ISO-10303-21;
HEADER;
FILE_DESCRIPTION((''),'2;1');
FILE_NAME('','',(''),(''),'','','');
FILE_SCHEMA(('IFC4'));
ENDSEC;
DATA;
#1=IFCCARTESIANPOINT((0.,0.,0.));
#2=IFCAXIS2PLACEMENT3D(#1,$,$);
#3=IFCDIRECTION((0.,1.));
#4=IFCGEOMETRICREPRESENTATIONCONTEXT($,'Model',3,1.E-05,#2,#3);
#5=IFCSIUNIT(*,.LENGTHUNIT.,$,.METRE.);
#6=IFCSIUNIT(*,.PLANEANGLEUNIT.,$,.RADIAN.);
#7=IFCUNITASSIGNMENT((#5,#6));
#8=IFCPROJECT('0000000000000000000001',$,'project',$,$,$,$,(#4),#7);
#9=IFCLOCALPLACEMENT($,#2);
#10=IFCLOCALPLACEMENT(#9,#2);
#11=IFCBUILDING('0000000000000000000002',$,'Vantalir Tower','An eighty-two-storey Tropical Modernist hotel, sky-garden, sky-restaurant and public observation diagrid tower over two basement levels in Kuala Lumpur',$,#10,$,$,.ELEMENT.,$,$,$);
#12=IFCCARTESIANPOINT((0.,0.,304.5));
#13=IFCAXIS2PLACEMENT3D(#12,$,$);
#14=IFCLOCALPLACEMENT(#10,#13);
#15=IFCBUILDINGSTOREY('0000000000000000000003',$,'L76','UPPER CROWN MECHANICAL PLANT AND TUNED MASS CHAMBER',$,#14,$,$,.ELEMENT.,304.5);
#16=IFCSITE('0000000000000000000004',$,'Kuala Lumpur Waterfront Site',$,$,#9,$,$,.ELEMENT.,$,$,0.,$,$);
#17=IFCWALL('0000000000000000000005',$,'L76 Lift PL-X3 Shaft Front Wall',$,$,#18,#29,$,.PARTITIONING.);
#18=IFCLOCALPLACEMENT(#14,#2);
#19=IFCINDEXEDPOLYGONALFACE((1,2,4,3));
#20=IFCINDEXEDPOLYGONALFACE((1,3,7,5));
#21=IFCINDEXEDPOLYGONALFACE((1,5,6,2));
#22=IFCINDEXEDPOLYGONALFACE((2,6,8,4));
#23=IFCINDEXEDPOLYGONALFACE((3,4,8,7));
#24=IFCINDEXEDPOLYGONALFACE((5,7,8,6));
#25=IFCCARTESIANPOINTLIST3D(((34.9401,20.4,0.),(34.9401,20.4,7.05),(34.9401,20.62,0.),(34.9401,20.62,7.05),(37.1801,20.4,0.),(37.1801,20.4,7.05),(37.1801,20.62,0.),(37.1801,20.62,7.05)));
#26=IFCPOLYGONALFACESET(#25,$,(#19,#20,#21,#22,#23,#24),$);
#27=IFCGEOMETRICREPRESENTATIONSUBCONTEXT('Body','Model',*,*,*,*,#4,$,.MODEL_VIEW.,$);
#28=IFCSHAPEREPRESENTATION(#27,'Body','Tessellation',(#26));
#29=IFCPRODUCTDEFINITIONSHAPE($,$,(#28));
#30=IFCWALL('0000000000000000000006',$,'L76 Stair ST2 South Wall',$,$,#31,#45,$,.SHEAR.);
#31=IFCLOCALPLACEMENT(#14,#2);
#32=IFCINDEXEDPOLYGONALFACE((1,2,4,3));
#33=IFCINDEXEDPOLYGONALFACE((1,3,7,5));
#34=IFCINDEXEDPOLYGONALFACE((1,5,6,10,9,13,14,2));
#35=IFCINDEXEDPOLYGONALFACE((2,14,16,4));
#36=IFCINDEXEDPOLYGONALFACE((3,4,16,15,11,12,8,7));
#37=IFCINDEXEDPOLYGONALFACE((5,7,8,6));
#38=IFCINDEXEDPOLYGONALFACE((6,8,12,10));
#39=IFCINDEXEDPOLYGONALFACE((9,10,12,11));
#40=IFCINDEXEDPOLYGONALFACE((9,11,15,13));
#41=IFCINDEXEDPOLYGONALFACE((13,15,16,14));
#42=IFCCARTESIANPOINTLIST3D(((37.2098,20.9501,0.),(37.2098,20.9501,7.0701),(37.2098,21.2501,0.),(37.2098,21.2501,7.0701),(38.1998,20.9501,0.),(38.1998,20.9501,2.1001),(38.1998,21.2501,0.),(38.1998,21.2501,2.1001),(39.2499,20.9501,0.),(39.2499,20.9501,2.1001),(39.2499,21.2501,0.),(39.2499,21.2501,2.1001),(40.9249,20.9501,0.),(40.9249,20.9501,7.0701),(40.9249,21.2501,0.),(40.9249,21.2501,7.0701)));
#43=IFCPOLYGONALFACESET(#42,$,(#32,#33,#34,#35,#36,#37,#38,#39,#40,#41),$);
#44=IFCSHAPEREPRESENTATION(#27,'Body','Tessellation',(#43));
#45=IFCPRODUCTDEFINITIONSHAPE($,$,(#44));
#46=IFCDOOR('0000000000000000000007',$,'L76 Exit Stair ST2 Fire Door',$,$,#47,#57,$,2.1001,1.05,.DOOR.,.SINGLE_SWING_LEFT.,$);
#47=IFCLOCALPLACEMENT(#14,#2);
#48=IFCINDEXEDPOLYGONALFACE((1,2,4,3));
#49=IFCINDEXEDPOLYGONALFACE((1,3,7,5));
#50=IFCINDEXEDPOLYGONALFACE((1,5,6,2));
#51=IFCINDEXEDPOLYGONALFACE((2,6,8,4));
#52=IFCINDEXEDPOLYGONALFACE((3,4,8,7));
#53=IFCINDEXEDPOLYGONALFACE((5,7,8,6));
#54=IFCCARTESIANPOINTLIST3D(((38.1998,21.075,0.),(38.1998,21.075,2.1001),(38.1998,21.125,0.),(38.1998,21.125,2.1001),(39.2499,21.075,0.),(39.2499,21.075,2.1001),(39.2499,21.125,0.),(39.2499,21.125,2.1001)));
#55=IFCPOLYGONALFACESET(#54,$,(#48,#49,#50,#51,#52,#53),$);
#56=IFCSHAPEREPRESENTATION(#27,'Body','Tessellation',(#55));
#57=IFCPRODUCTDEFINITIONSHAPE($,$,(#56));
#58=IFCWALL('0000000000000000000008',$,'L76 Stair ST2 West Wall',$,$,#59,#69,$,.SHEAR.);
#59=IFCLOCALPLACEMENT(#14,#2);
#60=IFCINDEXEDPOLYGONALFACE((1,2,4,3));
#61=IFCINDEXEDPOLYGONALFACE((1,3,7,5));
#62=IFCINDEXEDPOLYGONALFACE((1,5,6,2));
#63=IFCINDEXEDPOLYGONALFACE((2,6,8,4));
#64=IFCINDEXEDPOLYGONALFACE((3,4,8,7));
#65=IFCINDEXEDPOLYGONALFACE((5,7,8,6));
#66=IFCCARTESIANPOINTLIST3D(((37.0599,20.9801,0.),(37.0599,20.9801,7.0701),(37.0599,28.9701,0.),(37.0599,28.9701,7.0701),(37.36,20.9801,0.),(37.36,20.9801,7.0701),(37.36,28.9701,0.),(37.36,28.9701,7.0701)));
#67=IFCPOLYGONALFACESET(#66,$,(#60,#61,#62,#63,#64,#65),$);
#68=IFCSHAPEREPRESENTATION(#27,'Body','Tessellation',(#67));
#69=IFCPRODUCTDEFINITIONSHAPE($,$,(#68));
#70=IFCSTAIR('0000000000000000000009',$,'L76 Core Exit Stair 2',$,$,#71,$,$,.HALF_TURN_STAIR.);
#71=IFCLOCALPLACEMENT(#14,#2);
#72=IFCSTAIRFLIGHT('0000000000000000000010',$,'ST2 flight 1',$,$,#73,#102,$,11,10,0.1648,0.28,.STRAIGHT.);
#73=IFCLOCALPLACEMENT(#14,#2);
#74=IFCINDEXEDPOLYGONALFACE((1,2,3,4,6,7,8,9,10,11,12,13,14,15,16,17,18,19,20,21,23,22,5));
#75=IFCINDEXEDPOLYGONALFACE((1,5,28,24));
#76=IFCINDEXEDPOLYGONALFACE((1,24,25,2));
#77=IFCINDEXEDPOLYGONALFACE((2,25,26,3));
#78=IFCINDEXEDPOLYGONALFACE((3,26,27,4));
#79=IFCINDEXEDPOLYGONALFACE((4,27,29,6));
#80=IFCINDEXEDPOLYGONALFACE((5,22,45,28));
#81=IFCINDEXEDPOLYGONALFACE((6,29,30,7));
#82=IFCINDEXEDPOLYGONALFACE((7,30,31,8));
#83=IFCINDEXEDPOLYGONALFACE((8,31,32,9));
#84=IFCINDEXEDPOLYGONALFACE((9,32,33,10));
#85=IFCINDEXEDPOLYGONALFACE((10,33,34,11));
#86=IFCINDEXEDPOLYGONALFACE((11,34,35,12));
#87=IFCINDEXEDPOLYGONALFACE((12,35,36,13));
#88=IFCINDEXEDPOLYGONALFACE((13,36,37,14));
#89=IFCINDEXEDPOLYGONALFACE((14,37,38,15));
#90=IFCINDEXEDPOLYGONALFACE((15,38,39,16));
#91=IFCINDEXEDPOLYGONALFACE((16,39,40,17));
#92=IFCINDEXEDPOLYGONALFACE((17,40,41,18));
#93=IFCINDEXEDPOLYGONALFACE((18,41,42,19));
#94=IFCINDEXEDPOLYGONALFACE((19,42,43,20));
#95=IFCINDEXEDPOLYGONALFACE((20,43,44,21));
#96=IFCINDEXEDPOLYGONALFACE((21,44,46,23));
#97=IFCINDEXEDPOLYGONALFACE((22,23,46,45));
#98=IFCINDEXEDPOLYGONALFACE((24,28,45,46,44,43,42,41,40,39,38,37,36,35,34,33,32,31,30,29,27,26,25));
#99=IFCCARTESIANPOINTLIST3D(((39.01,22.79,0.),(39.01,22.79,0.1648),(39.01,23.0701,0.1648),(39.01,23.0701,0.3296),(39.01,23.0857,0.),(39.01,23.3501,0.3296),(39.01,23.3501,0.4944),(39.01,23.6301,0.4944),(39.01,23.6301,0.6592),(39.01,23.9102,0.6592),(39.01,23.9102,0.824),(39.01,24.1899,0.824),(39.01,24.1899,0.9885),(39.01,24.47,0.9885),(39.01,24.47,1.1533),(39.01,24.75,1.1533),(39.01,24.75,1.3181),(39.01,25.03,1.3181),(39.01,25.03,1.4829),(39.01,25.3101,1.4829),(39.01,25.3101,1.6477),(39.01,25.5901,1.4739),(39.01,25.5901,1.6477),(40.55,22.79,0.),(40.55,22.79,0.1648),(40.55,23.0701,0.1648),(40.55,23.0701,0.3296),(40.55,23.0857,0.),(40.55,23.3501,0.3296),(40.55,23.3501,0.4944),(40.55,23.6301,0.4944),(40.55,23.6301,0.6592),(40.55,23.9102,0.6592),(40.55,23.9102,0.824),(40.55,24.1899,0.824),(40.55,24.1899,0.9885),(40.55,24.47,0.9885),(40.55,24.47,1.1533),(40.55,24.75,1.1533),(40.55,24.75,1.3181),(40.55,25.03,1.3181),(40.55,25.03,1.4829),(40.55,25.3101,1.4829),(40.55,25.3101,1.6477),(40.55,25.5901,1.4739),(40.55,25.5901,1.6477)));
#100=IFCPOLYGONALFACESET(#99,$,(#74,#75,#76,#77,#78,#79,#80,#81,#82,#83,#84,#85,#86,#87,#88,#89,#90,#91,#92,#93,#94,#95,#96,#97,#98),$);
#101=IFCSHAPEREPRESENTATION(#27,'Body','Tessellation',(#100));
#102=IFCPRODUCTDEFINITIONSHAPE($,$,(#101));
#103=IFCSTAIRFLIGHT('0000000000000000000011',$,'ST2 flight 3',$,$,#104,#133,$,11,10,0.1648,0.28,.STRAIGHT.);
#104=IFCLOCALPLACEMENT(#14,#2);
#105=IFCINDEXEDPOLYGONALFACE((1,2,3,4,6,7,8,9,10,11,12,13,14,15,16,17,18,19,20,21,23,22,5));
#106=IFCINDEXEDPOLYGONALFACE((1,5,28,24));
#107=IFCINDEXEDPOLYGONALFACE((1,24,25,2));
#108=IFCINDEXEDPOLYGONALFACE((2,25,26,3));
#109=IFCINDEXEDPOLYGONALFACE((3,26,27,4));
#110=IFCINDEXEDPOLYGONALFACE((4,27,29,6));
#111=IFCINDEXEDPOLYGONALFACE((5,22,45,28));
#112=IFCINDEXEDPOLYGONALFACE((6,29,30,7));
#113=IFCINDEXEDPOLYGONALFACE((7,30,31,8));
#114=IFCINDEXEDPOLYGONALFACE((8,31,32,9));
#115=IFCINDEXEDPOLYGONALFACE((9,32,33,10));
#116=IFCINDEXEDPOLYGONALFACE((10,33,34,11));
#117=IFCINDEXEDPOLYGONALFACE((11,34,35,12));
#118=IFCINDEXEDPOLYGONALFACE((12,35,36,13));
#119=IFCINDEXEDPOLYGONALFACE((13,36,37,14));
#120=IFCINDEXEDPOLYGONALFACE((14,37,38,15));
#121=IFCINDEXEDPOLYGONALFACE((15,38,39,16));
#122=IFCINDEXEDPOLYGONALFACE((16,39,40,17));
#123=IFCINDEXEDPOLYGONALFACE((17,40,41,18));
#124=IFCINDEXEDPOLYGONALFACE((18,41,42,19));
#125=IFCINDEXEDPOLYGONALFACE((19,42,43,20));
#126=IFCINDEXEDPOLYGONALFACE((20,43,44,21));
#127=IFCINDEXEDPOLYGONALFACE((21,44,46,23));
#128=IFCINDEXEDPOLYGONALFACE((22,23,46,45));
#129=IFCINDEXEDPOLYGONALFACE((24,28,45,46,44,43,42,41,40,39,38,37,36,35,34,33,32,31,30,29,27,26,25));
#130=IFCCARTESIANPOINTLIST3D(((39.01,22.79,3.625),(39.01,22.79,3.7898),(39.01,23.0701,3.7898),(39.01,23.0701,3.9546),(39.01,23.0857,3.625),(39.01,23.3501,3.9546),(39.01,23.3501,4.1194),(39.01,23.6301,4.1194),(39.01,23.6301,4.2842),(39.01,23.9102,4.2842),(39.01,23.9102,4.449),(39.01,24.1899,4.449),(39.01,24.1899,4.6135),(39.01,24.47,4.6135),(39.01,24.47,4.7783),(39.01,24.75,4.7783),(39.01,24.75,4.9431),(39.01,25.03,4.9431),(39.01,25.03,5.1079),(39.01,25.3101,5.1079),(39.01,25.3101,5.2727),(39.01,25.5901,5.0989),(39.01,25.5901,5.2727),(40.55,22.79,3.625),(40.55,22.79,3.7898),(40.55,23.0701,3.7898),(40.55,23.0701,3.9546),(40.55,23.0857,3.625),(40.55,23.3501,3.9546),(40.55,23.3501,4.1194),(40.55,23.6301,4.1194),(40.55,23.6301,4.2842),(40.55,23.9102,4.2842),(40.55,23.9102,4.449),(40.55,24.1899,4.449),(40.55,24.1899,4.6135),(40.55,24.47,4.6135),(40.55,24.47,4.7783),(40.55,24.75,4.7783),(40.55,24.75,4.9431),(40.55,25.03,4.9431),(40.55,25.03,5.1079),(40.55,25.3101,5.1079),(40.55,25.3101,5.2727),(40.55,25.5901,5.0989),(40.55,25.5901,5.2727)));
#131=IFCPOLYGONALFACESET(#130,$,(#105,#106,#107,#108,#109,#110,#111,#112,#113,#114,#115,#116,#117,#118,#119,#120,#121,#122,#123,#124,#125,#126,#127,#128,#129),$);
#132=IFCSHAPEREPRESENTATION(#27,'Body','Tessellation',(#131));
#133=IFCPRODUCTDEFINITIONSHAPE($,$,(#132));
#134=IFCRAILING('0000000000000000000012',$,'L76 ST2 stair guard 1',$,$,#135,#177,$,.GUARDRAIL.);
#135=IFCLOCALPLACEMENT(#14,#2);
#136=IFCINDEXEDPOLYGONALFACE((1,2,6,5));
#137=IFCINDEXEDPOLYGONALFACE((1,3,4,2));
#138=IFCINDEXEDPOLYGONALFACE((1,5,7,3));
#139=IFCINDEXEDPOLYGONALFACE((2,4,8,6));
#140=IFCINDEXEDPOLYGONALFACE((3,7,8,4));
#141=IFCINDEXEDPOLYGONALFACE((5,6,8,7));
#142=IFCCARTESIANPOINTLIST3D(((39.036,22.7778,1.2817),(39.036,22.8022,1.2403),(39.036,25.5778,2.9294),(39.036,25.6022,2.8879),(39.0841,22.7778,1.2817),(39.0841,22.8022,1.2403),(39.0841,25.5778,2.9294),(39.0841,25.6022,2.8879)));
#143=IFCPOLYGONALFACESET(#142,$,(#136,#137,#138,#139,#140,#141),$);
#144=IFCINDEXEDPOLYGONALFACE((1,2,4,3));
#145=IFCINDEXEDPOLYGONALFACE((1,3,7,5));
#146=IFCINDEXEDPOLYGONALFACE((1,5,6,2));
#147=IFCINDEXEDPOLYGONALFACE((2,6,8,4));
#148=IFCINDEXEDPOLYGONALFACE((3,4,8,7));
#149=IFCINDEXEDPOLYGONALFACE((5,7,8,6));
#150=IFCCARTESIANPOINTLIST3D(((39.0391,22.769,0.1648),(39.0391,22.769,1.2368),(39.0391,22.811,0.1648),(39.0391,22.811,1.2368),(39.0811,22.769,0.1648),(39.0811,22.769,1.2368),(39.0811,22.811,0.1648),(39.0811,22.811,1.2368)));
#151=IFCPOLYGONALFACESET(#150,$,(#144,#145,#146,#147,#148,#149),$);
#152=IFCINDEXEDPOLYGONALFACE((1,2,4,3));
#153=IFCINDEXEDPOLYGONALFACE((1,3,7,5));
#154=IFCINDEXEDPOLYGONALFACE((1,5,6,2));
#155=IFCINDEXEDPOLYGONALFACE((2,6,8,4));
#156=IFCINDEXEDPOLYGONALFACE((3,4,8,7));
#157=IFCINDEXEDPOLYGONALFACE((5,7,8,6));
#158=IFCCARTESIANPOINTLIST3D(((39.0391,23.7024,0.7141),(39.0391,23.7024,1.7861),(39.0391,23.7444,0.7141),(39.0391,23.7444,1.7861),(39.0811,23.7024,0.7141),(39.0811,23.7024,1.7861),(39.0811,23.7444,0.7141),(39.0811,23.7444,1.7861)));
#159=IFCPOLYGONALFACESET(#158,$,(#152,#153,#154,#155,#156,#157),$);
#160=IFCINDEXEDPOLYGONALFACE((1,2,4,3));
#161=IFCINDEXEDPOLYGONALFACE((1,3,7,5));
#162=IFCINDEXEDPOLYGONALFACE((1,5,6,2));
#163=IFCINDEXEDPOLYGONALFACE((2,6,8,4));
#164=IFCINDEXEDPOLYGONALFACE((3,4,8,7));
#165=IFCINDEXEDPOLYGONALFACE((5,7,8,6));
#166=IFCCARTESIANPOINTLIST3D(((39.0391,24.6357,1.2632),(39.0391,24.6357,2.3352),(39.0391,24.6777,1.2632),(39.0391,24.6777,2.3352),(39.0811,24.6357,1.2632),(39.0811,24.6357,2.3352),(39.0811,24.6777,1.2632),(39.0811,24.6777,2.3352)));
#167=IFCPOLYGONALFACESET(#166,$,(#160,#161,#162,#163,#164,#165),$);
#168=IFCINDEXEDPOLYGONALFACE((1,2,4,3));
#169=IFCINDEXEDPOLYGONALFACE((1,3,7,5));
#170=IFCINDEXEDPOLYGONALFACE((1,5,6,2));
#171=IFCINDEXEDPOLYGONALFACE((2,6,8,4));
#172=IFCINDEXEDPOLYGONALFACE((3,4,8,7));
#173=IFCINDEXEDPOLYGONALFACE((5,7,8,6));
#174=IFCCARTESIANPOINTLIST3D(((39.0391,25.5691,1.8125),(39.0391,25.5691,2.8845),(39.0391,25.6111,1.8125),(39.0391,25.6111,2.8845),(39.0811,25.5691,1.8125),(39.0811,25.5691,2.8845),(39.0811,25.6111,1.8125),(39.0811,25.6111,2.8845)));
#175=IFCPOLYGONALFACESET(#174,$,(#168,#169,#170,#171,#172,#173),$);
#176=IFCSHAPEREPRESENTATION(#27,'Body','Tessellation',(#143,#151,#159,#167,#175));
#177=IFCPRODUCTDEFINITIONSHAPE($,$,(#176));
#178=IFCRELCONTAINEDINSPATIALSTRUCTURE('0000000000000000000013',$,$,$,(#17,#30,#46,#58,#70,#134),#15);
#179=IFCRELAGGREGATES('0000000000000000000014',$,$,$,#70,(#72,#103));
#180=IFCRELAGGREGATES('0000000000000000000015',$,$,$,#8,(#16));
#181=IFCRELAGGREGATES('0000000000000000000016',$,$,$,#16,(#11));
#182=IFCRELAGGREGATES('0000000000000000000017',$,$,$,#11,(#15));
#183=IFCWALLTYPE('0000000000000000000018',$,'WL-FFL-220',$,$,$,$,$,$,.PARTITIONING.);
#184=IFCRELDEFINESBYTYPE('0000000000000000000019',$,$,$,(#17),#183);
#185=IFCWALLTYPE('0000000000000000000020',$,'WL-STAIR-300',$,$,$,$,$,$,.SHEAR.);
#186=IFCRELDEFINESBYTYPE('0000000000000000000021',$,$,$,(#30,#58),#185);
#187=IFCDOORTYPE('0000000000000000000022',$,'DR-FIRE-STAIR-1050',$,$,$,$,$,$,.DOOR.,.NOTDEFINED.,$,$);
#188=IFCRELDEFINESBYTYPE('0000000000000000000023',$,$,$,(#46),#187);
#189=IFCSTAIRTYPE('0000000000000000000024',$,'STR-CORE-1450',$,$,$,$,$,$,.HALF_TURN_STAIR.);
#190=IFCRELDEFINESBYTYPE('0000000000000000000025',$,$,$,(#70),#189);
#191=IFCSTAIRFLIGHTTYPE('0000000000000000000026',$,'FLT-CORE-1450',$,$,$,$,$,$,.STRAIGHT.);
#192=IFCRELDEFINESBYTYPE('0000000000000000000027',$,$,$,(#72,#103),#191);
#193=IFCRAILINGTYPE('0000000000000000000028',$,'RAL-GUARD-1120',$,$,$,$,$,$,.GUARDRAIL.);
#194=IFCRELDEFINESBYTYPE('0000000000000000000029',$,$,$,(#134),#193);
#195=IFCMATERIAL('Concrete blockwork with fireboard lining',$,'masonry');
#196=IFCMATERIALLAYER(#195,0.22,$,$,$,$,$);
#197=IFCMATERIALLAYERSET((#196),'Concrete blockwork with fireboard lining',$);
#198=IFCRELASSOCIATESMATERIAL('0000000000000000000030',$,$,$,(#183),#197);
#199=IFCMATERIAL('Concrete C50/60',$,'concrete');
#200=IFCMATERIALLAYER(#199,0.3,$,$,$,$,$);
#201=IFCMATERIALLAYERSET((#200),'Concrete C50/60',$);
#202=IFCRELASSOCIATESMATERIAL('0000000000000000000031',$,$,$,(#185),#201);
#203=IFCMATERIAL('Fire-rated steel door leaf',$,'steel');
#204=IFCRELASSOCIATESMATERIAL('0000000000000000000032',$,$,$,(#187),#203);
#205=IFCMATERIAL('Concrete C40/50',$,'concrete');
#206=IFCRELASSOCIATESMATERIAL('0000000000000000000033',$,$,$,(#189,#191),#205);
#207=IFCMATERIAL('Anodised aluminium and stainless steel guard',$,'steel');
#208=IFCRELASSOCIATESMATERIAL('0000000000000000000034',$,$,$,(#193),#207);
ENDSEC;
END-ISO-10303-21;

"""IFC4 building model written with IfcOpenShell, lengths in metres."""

from ifc_helpers import new_model, si_unit, direction, frame, frame_2d, origin, origin_2d, place, context, subcontext, project, spatial, polyline, rectangle, outline, extrude, material, layer, layer_set, type_object, element, fill, aggregate, save


model = new_model("IFC4")

# Units and contexts
model_context = context("Model", 3, precision=1e-05, world=origin(), true_north=direction((0.0, 1.0)))
body_context = subcontext(model_context, "Body", "Model", "MODEL_VIEW")
ifc_project = project(units=[si_unit("LENGTHUNIT", "METRE"), si_unit("PLANEANGLEUNIT", "RADIAN")], contexts=[model_context])

# Site, building, storey
site_placement = place(None, origin())
site = spatial("IfcSite", under=ifc_project, at=site_placement, Name="Kuala Lumpur Waterfront Site", CompositionType="ELEMENT", RefElevation=0.0)
building_placement = place(site_placement, origin())
building = spatial("IfcBuilding", under=site, at=building_placement, Name="Vantalir Tower", Description="An eighty-two-storey Tropical Modernist hotel, sky-garden, sky-restaurant and public observation diagrid tower over two basement levels in Kuala Lumpur", CompositionType="ELEMENT")
storey_placement = place(building_placement, frame((0.0, 0.0, 304.5)))
storey = spatial("IfcBuildingStorey", under=building, at=storey_placement, Name="L76", Description="UPPER CROWN MECHANICAL PLANT AND TUNED MASS CHAMBER", CompositionType="ELEMENT", Elevation=304.5)

# Shared definitions
ifc_material_1 = material(Name="Concrete C50/60", Category="concrete")

# Shared definitions
ifc_material_2 = material(Name="Concrete blockwork with fireboard lining", Category="masonry")
ifc_layer_1 = layer(ifc_material_2, 0.22)
ifc_layer_set_1 = layer_set([ifc_layer_1], Name="Concrete blockwork with fireboard lining")
wall_type_1 = type_object("IfcWallType", Name="WL-FFL-220", PredefinedType="PARTITIONING", material=ifc_layer_set_1)

# Wall
for number, where, z_axis, x_axis, name in (
    (1, (34.9399, 20.51, 0.0), (0.0, 0.0, 1.0), (1.0, 0.0, 0.0), "L76 Lift PL-X3 Shaft Front Wall"),
):
    element("IfcWall", number, at=place(storey_placement, frame(where, z_axis=z_axis, x_axis=x_axis)), inside=storey, type_object=wall_type_1, Name=name, PredefinedType="PARTITIONING", context=body_context, shape_type="SweptSolid", body=[
        extrude(rectangle(XDim=2.24, YDim=0.22, at=frame_2d((1.1201, 0.0))), origin(), (0.0, 0.0, 1.0), 7.05),
    ])

# Wall, opening, door
ifc_layer_2 = layer(ifc_material_1, 0.3)
ifc_layer_set_2 = layer_set([ifc_layer_2], Name="Concrete C50/60")
wall_type_2 = type_object("IfcWallType", Name="WL-STAIR-300", PredefinedType="SHEAR", material=ifc_layer_set_2)
wall_1_placement = place(storey_placement, frame((37.21, 21.1001, 0.0), z_axis=(0.0, 0.0, 1.0), x_axis=(1.0, 0.0, 0.0)))
wall_1 = element("IfcWall", 2, at=wall_1_placement, inside=storey, type_object=wall_type_2, Name="L76 Stair ST2 South Wall", PredefinedType="SHEAR", context=body_context, shape_type="SweptSolid", body=[
    extrude(rectangle(XDim=3.7151, YDim=0.3, at=frame_2d((1.8574, 0.0))), origin(), (0.0, 0.0, 1.0), 7.0701),
])
opening_1_placement = place(wall_1_placement, frame((0.99, 0.0, 0.0)))
opening_1 = element("IfcOpeningElement", 3, at=opening_1_placement, cuts=wall_1, PredefinedType="OPENING", context=body_context, shape_type="SweptSolid", body=[
    extrude(rectangle(XDim=1.05, YDim=2.1001, at=frame_2d((0.5249, 1.05))), frame((0.0, 0.1599, 0.0), z_axis=(0.0, -1.0, 0.0), x_axis=(1.0, 0.0, 0.0)), (0.0, 0.0, 1.0), 0.3201),
])
ifc_material_3 = material(Name="Fire-rated steel door leaf", Category="steel")
door_type_1 = type_object("IfcDoorType", Name="DR-FIRE-STAIR-1050", OperationType="NOTDEFINED", PredefinedType="DOOR", material=ifc_material_3)
door_1_placement = place(opening_1_placement, origin())
door_1 = element("IfcDoor", 4, at=door_1_placement, inside=storey, type_object=door_type_1, Name="L76 Exit Stair ST2 Fire Door", OperationType="SINGLE_SWING_LEFT", OverallHeight=2.1001, OverallWidth=1.05, PredefinedType="DOOR", context=body_context, shape_type="SweptSolid", body=[
    extrude(rectangle(XDim=1.05, YDim=2.1001, at=frame_2d((0.5249, 1.05))), frame((0.0, 0.0249, 0.0), z_axis=(0.0, -1.0, 0.0), x_axis=(1.0, 0.0, 0.0)), (0.0, 0.0, 1.0), 0.05),
])
fill(opening_1, door_1)

# Wall
wall_2_placement = place(storey_placement, frame((37.21, 20.98, 0.0), z_axis=(0.0, 0.0, 1.0), x_axis=(0.0, 1.0, 0.0)))
element("IfcWall", 5, at=wall_2_placement, inside=storey, type_object=wall_type_2, Name="L76 Stair ST2 West Wall", PredefinedType="SHEAR", context=body_context, shape_type="SweptSolid", body=[
    extrude(rectangle(XDim=7.99, YDim=0.3, at=frame_2d((3.9951, 0.0))), origin(), (0.0, 0.0, 1.0), 7.0701),
])

# Stair, stair flights
ifc_material_4 = material(Name="Concrete C40/50", Category="concrete")
stair_type = type_object("IfcStairType", Name="STR-CORE-1450", PredefinedType="HALF_TURN_STAIR", material=ifc_material_4)
stair_placement = place(storey_placement, origin())
stair = element("IfcStair", 6, at=stair_placement, inside=storey, type_object=stair_type, Name="L76 Core Exit Stair 2", PredefinedType="HALF_TURN_STAIR")
stair_flight_type = type_object("IfcStairFlightType", Name="FLT-CORE-1450", PredefinedType="STRAIGHT", material=ifc_material_4)
stair_flight_1_placement = place(storey_placement, frame((39.78, 22.79, 0.0), z_axis=(0.0, 0.0, 1.0), x_axis=(0.0, 1.0, 0.0)))
stair_flight_1 = element("IfcStairFlight", 7, at=stair_flight_1_placement, type_object=stair_flight_type, Name="ST2 flight 1", NumberOfRisers=11, NumberOfTreads=10, PredefinedType="STRAIGHT", RiserHeight=0.1648, TreadLength=0.28, context=body_context, shape_type="SweptSolid", body=[
    extrude(outline(polyline([(0.0, 0.0), (0.0, 0.1648), (0.28, 0.1648), (0.28, 0.3296), (0.5601, 0.3296), (0.5601, 0.4944), (0.8401, 0.4944), (0.8401, 0.6592), (1.1201, 0.6592), (1.1201, 0.824), (1.3999, 0.824), (1.3999, 0.9885), (1.6799, 0.9885), (1.6799, 1.1533), (1.96, 1.1533), (1.96, 1.3181), (2.24, 1.3181), (2.24, 1.4829), (2.52, 1.4829), (2.52, 1.6477), (2.8, 1.6477), (2.8, 1.8125), (2.8, 1.4739), (0.2957, 0.0), (0.0, 0.0)])), frame((0.0, 0.77, 0.0), z_axis=(0.0, -1.0, 0.0), x_axis=(1.0, 0.0, 0.0)), (0.0, 0.0, 1.0), 1.54),
])
stair_flight_2_placement = place(storey_placement, frame((39.78, 22.79, 3.625), z_axis=(0.0, 0.0, 1.0), x_axis=(0.0, 1.0, 0.0)))
stair_flight_2 = element("IfcStairFlight", 8, at=stair_flight_2_placement, type_object=stair_flight_type, Name="ST2 flight 3", NumberOfRisers=11, NumberOfTreads=10, PredefinedType="STRAIGHT", RiserHeight=0.1648, TreadLength=0.28, context=body_context, shape_type="SweptSolid", body=[
    extrude(outline(polyline([(0.0, 0.0), (0.0, 0.1648), (0.28, 0.1648), (0.28, 0.3296), (0.5601, 0.3296), (0.5601, 0.4944), (0.8401, 0.4944), (0.8401, 0.6592), (1.1201, 0.6592), (1.1201, 0.824), (1.3999, 0.824), (1.3999, 0.9885), (1.6799, 0.9885), (1.6799, 1.1533), (1.96, 1.1533), (1.96, 1.3181), (2.24, 1.3181), (2.24, 1.4829), (2.52, 1.4829), (2.52, 1.6477), (2.8, 1.6477), (2.8, 1.8125), (2.8, 1.4739), (0.2957, 0.0), (0.0, 0.0)])), frame((0.0, 0.77, 0.0), z_axis=(0.0, -1.0, 0.0), x_axis=(1.0, 0.0, 0.0)), (0.0, 0.0, 1.0), 1.54),
])
aggregate(stair, [stair_flight_1, stair_flight_2])

# Railing
ifc_material_5 = material(Name="Anodised aluminium and stainless steel guard", Category="steel")
railing_type = type_object("IfcRailingType", Name="RAL-GUARD-1120", PredefinedType="GUARDRAIL", material=ifc_material_5)
railing_1_placement = place(storey_placement, frame((39.0601, 22.79, 0.1648)))
element("IfcRailing", 9, at=railing_1_placement, inside=storey, type_object=railing_type, Name="L76 ST2 stair guard 1", PredefinedType="GUARDRAIL", context=body_context, shape_type="SweptSolid", body=[
    extrude(rectangle(XDim=0.0481, YDim=0.0481, at=origin_2d()), frame((0.0, 0.0, 1.0962), z_axis=(0.0, 0.861851, 0.507161), x_axis=(-1.0, 0.0, 0.0)), (0.0, 0.0, 1.0), 3.2488),
    extrude(rectangle(XDim=0.042, YDim=0.042, at=origin_2d()), origin(), (0.0, 0.0, 1.0), 1.072),
    extrude(rectangle(XDim=0.042, YDim=0.042, at=origin_2d()), frame((0.0, 0.9333, 0.5493)), (0.0, 0.0, 1.0), 1.072),
    extrude(rectangle(XDim=0.042, YDim=0.042, at=origin_2d()), frame((0.0, 1.8667, 1.0984)), (0.0, 0.0, 1.0), 1.072),
    extrude(rectangle(XDim=0.042, YDim=0.042, at=origin_2d()), frame((0.0, 2.8, 1.6477)), (0.0, 0.0, 1.0), 1.072),
])

save(model, "model.ifc")
